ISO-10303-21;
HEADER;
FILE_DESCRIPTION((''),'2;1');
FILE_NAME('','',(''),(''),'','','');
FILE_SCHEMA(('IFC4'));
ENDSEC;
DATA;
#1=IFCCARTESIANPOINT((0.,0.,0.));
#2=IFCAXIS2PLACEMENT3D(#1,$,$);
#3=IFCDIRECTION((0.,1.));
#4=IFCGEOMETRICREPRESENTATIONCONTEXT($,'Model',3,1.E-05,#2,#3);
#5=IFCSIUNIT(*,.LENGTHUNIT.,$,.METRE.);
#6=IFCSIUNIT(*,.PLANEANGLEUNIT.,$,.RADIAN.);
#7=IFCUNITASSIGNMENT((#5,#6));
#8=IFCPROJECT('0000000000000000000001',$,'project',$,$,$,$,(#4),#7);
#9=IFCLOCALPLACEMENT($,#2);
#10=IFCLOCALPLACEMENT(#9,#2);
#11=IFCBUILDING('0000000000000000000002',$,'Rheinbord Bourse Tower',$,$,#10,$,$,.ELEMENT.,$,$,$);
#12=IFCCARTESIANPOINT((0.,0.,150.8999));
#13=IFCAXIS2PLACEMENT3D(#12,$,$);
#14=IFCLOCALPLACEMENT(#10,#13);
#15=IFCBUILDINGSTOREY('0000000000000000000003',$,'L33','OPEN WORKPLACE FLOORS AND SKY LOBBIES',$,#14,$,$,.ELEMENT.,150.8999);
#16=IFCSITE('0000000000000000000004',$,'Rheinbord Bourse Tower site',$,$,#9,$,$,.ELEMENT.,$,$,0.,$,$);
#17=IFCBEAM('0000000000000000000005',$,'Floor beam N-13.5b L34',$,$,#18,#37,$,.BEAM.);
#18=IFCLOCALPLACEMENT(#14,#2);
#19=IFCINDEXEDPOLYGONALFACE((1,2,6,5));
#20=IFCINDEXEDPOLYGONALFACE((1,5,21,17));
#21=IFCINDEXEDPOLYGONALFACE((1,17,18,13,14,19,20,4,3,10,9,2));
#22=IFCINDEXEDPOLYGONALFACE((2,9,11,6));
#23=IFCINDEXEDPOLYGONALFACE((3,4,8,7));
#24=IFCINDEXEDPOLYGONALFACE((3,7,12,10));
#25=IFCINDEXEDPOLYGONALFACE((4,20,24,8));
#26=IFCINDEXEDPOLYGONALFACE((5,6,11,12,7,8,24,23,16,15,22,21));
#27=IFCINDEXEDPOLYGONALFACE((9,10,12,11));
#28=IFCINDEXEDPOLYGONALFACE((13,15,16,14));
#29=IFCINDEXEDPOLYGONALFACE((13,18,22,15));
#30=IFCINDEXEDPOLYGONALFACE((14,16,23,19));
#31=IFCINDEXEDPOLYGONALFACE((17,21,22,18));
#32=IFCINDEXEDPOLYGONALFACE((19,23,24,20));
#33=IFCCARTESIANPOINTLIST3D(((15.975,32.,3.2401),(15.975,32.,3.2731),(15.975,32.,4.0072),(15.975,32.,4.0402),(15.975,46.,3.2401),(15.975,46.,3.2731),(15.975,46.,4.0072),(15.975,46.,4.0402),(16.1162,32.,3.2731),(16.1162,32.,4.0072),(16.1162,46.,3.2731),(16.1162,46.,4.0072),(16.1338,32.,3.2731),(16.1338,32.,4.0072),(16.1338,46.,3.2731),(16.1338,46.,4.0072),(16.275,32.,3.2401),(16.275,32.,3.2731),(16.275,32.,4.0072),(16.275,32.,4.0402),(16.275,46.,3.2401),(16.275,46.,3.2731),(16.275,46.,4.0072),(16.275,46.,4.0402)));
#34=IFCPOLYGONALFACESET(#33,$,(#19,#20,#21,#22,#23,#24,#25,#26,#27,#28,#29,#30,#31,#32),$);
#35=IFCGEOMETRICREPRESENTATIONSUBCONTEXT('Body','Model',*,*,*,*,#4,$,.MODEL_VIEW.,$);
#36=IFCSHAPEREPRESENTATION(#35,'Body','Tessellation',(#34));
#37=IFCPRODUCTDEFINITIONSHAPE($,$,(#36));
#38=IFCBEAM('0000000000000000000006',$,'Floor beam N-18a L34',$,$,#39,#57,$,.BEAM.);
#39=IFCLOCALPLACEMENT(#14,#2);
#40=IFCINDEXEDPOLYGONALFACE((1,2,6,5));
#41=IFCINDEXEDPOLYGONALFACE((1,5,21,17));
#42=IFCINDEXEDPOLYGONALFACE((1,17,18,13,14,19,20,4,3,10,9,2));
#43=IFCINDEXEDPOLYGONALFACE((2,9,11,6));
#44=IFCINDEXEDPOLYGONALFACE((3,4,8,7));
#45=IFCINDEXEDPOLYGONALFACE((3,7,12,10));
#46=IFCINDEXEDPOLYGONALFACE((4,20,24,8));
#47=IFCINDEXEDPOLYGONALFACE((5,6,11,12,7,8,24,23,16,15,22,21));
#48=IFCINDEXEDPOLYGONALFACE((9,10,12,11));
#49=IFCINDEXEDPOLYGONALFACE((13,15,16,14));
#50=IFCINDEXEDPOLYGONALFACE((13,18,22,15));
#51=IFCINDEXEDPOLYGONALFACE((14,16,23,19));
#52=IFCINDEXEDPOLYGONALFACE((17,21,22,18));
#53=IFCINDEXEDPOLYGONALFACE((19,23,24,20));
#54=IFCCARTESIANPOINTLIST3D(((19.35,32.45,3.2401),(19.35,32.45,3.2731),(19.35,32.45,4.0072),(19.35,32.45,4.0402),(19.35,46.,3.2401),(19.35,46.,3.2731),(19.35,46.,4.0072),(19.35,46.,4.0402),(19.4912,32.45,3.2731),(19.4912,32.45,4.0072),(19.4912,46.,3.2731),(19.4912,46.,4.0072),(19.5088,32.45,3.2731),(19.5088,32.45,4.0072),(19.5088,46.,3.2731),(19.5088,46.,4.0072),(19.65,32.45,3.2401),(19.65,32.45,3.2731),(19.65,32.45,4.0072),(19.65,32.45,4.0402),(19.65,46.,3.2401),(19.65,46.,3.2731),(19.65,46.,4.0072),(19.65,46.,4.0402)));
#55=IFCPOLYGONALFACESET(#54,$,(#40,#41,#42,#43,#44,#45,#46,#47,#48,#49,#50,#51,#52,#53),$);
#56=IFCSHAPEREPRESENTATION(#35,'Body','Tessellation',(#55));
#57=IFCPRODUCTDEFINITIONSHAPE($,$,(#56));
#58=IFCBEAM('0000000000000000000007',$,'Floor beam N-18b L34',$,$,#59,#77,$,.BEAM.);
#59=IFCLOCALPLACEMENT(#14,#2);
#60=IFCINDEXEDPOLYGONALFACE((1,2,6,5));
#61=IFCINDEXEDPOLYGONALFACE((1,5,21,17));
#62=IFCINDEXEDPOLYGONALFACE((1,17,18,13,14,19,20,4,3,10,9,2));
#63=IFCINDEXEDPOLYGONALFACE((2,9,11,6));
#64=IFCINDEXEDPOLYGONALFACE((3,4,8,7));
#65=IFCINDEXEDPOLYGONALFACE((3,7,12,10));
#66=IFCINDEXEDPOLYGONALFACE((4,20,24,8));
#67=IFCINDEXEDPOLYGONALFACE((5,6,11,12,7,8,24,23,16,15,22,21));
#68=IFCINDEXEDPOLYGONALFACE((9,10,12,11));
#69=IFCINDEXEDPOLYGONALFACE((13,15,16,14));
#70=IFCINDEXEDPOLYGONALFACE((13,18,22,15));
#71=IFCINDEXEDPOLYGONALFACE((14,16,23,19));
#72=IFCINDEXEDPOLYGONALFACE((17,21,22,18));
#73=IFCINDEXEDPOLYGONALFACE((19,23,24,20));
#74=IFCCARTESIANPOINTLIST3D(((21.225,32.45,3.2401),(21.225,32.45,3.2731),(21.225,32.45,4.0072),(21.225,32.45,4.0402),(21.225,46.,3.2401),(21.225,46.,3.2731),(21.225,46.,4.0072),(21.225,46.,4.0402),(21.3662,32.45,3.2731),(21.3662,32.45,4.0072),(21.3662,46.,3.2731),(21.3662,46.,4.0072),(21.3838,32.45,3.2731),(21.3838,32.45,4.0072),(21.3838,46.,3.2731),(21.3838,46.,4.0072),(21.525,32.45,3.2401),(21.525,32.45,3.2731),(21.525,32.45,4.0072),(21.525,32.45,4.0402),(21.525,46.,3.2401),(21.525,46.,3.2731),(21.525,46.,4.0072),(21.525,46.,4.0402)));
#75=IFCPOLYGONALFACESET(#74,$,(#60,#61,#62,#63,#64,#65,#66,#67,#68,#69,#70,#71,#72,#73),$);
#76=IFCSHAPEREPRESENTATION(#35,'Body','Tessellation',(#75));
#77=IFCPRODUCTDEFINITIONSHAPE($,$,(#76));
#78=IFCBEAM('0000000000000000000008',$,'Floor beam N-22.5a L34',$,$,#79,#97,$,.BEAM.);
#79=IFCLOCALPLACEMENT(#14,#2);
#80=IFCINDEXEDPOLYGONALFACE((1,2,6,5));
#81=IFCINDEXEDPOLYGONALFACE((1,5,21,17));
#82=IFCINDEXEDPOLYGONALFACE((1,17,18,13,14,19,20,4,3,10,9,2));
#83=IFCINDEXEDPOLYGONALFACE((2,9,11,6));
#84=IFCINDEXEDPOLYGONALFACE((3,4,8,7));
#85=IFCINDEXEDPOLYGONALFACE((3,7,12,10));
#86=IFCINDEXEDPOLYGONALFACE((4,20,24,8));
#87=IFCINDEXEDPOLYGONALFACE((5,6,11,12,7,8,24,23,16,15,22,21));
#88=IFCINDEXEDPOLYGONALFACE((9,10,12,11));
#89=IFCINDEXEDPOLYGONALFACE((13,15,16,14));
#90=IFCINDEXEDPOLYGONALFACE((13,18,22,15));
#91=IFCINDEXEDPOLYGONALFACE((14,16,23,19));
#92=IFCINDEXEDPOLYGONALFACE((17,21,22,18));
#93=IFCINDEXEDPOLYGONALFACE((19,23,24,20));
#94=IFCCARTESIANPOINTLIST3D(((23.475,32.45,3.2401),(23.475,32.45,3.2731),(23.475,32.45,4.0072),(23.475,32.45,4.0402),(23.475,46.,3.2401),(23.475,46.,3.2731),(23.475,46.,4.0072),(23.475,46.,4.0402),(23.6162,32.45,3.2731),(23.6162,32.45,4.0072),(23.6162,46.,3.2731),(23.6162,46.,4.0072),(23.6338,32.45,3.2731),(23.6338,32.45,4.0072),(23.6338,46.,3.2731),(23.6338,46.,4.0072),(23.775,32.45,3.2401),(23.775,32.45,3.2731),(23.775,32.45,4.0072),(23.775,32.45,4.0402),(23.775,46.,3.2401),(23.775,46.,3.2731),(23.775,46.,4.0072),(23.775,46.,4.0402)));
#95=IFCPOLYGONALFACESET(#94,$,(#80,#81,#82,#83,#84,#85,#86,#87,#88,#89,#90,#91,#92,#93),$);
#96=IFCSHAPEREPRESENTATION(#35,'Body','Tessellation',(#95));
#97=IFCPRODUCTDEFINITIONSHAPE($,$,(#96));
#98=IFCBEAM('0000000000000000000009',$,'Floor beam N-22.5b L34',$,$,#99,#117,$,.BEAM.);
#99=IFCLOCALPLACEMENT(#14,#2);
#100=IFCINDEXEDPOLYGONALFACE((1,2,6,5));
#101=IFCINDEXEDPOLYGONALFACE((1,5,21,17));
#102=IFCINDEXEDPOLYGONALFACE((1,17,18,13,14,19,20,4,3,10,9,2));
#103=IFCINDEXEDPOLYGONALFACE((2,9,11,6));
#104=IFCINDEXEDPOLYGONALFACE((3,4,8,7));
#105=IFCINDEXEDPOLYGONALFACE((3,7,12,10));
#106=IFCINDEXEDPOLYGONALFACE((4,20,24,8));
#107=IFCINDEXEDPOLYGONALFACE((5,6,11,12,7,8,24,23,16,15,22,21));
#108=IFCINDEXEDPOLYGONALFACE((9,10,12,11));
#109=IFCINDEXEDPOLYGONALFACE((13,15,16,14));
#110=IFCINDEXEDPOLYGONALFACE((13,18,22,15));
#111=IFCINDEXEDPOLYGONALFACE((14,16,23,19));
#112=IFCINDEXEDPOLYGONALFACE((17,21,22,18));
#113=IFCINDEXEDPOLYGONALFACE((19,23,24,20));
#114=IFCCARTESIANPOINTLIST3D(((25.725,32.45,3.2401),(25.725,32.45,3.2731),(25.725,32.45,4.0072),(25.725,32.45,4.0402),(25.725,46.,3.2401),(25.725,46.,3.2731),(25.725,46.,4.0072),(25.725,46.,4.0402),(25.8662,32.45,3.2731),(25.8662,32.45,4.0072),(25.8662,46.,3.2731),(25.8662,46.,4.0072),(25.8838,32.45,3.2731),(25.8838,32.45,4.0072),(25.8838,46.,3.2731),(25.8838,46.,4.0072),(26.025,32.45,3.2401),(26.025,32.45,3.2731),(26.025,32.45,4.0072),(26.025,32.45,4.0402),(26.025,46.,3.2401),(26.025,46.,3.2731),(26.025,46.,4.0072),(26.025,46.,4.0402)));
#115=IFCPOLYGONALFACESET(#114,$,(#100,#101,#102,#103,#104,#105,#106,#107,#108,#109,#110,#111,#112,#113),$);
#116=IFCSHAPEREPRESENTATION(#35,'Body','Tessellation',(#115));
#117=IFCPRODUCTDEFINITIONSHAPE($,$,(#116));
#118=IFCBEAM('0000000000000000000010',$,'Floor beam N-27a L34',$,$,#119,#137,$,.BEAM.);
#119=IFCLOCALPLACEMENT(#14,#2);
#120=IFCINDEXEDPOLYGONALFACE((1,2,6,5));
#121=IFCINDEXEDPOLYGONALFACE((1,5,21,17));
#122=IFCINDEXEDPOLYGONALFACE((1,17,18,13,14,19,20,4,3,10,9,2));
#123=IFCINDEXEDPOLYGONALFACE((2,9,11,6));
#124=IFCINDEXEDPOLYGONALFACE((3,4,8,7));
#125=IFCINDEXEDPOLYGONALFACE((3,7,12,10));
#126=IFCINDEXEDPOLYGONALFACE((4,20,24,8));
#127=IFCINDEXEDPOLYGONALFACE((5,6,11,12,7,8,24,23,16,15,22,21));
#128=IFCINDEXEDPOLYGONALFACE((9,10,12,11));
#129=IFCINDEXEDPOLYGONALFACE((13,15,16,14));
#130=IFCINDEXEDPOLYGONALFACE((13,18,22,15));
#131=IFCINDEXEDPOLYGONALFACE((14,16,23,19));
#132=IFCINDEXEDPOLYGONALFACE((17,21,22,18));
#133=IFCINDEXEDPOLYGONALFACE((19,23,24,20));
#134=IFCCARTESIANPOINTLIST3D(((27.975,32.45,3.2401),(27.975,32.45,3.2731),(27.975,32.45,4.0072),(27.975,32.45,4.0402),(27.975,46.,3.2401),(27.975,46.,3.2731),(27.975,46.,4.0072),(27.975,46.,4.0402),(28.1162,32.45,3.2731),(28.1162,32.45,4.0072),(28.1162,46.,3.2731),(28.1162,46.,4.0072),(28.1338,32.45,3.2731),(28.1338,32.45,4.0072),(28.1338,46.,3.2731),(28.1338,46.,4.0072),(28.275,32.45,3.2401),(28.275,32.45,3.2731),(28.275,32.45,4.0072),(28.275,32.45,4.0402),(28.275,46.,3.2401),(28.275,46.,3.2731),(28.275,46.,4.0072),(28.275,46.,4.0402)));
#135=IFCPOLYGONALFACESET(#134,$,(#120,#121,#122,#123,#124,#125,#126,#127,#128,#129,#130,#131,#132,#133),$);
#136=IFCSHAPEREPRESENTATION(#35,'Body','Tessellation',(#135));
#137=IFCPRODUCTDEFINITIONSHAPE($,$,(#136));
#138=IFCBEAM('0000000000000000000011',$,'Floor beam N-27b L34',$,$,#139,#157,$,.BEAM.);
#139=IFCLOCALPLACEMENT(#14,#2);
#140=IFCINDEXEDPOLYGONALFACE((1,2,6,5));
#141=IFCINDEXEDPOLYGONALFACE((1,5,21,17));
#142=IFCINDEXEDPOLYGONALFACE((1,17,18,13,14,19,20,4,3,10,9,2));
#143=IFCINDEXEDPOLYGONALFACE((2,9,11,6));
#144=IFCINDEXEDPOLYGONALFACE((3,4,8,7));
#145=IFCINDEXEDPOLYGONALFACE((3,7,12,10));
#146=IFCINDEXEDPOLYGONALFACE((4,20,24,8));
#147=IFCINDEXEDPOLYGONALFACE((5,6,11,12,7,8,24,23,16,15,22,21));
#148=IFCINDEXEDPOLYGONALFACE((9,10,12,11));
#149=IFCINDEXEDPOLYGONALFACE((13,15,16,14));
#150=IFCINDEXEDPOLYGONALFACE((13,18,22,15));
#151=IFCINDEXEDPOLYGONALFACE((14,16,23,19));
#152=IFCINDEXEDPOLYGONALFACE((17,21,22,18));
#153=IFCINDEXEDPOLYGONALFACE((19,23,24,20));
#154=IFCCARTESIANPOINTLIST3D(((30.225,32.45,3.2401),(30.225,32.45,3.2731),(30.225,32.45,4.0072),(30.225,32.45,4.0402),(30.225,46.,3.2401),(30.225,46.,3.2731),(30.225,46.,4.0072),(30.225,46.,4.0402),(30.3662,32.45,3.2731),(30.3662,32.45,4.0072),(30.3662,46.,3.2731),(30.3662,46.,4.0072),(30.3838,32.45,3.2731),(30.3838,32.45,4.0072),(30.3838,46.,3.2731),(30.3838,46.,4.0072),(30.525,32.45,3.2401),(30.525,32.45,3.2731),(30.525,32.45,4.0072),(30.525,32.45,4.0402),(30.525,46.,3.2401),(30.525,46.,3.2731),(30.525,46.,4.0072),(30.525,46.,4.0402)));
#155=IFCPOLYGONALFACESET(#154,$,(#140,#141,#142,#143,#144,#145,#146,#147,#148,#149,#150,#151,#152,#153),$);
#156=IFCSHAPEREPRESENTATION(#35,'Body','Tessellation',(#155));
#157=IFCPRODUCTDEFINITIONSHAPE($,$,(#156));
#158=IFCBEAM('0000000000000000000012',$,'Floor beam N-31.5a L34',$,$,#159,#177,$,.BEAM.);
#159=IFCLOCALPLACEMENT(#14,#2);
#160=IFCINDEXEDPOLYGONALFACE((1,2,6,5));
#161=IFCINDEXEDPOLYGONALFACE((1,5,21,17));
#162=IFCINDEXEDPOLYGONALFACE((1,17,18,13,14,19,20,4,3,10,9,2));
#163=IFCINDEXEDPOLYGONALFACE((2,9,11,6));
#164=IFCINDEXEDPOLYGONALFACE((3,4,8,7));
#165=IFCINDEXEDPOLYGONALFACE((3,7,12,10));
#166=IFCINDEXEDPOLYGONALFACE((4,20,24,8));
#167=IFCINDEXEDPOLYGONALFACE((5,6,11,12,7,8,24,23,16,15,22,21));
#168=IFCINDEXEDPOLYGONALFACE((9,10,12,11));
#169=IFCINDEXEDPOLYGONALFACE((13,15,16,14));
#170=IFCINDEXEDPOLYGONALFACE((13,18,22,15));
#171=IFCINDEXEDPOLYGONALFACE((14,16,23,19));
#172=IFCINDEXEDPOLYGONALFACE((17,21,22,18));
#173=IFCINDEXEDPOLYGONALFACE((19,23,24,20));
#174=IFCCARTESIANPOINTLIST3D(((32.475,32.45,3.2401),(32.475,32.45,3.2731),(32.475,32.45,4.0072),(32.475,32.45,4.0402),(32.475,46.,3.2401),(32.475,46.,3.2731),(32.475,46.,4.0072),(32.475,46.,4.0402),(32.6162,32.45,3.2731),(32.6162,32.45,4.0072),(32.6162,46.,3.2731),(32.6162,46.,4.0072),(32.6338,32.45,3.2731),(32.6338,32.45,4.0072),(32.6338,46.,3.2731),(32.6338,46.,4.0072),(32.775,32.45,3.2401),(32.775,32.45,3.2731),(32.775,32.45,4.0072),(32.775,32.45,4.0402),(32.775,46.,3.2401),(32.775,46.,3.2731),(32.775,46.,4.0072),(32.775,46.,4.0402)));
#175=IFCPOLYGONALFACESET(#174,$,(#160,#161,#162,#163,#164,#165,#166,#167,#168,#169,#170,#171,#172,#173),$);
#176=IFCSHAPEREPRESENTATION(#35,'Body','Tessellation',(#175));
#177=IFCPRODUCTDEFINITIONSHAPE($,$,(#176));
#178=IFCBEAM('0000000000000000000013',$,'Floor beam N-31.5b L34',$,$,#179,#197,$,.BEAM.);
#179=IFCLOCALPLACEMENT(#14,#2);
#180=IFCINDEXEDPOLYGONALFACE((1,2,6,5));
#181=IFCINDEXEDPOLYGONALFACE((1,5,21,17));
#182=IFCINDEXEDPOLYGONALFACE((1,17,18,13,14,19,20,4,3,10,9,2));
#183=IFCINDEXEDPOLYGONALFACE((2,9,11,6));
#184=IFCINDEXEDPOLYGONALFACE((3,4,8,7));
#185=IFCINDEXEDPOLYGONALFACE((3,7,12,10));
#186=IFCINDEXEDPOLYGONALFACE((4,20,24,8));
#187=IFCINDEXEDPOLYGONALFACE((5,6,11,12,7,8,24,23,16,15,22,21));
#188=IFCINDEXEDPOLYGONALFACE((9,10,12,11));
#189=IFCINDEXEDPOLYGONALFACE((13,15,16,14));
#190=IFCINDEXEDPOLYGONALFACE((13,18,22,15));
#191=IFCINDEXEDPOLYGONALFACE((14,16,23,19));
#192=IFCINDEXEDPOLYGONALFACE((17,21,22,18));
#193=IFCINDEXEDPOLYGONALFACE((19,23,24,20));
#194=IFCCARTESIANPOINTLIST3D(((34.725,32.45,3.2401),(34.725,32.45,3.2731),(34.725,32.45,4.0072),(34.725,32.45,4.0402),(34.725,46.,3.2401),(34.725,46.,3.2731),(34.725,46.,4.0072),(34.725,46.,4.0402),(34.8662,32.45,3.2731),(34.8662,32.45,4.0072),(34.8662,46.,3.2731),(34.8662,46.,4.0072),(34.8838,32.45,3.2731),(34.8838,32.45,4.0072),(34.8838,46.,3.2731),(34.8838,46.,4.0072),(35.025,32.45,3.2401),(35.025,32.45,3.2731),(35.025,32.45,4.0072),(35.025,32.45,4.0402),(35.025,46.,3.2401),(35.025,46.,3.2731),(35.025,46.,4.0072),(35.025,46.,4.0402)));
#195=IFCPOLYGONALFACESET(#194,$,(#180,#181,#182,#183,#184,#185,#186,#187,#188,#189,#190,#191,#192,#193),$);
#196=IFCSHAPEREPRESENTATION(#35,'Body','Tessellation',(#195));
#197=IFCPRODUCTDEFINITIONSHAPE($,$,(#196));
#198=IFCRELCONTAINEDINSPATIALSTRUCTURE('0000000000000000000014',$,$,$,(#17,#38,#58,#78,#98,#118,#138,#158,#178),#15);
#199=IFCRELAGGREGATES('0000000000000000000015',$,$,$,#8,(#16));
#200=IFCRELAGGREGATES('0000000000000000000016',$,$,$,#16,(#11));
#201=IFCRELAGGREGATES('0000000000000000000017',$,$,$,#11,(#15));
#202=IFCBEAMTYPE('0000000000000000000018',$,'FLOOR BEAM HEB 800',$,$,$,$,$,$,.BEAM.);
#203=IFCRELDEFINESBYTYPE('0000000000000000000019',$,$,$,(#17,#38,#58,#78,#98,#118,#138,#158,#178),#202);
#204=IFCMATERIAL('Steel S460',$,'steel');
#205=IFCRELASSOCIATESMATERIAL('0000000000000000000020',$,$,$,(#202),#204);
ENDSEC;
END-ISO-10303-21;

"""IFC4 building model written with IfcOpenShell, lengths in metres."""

from ifc_helpers import new_model, si_unit, direction, frame, origin, origin_2d, place, context, subcontext, project, spatial, i_section, extrude, material, material_profile, profile_set, type_object, element, save


model = new_model("IFC4")

# Units and contexts
model_context = context("Model", 3, precision=1e-05, world=origin(), true_north=direction((0.0, 1.0)))
body_context = subcontext(model_context, "Body", "Model", "MODEL_VIEW")
ifc_project = project(units=[si_unit("LENGTHUNIT", "METRE"), si_unit("PLANEANGLEUNIT", "RADIAN")], contexts=[model_context])

# Site, building, storey
site_placement = place(None, origin())
site = spatial("IfcSite", under=ifc_project, at=site_placement, Name="Rheinbord Bourse Tower site", CompositionType="ELEMENT", RefElevation=0.0)
building_placement = place(site_placement, origin())
building = spatial("IfcBuilding", under=site, at=building_placement, Name="Rheinbord Bourse Tower", CompositionType="ELEMENT")
storey_placement = place(building_placement, frame((0.0, 0.0, 150.8999)))
storey = spatial("IfcBuildingStorey", under=building, at=storey_placement, Name="L33", Description="OPEN WORKPLACE FLOORS AND SKY LOBBIES", CompositionType="ELEMENT", Elevation=150.8999)

# Beams
ifc_material_1 = material(Name="Steel S460", Category="steel")
ifc_material_profile_1 = material_profile(ifc_material_1, i_section(OverallWidth=0.3, OverallDepth=0.8, WebThickness=0.0176, FlangeThickness=0.033, at=origin_2d()), Name="HEB 800")
ifc_profile_set_1 = profile_set([ifc_material_profile_1], Name="Steel S460")
beam_type_1 = type_object("IfcBeamType", Name="FLOOR BEAM HEB 800", PredefinedType="BEAM", material=ifc_profile_set_1)
beam_placement = place(storey_placement, frame((16.125, 46.0, 3.6401), z_axis=(0.0, -1.0, 0.0), x_axis=(1.0, 0.0, 0.0)))
element("IfcBeam", 1, at=beam_placement, inside=storey, type_object=beam_type_1, Name="Floor beam N-13.5b L34", PredefinedType="BEAM", context=body_context, shape_type="SweptSolid", body=[
    extrude(i_section(OverallWidth=0.3, OverallDepth=0.8, WebThickness=0.0176, FlangeThickness=0.033, at=origin_2d()), origin(), (0.0, 0.0, 1.0), 14.0),
])
for number, where, z_axis, x_axis, name in (
    (2, (19.5, 46.0, 3.6401), (0.0, -1.0, 0.0), (1.0, 0.0, 0.0), "Floor beam N-18a L34"),
    (3, (21.375, 46.0, 3.6401), (0.0, -1.0, 0.0), (1.0, 0.0, 0.0), "Floor beam N-18b L34"),
    (4, (23.625, 46.0, 3.6401), (0.0, -1.0, 0.0), (1.0, 0.0, 0.0), "Floor beam N-22.5a L34"),
    (5, (25.875, 46.0, 3.6401), (0.0, -1.0, 0.0), (1.0, 0.0, 0.0), "Floor beam N-22.5b L34"),
    (6, (28.125, 46.0, 3.6401), (0.0, -1.0, 0.0), (1.0, 0.0, 0.0), "Floor beam N-27a L34"),
    (7, (30.375, 46.0, 3.6401), (0.0, -1.0, 0.0), (1.0, 0.0, 0.0), "Floor beam N-27b L34"),
    (8, (32.625, 46.0, 3.6401), (0.0, -1.0, 0.0), (1.0, 0.0, 0.0), "Floor beam N-31.5a L34"),
    (9, (34.875, 46.0, 3.6401), (0.0, -1.0, 0.0), (1.0, 0.0, 0.0), "Floor beam N-31.5b L34"),
):
    element("IfcBeam", number, at=place(storey_placement, frame(where, z_axis=z_axis, x_axis=x_axis)), inside=storey, type_object=beam_type_1, Name=name, PredefinedType="BEAM", context=body_context, shape_type="SweptSolid", body=[
        extrude(i_section(OverallWidth=0.3, OverallDepth=0.8, WebThickness=0.0176, FlangeThickness=0.033, at=origin_2d()), origin(), (0.0, 0.0, 1.0), 13.55),
    ])

save(model, "model.ifc")
